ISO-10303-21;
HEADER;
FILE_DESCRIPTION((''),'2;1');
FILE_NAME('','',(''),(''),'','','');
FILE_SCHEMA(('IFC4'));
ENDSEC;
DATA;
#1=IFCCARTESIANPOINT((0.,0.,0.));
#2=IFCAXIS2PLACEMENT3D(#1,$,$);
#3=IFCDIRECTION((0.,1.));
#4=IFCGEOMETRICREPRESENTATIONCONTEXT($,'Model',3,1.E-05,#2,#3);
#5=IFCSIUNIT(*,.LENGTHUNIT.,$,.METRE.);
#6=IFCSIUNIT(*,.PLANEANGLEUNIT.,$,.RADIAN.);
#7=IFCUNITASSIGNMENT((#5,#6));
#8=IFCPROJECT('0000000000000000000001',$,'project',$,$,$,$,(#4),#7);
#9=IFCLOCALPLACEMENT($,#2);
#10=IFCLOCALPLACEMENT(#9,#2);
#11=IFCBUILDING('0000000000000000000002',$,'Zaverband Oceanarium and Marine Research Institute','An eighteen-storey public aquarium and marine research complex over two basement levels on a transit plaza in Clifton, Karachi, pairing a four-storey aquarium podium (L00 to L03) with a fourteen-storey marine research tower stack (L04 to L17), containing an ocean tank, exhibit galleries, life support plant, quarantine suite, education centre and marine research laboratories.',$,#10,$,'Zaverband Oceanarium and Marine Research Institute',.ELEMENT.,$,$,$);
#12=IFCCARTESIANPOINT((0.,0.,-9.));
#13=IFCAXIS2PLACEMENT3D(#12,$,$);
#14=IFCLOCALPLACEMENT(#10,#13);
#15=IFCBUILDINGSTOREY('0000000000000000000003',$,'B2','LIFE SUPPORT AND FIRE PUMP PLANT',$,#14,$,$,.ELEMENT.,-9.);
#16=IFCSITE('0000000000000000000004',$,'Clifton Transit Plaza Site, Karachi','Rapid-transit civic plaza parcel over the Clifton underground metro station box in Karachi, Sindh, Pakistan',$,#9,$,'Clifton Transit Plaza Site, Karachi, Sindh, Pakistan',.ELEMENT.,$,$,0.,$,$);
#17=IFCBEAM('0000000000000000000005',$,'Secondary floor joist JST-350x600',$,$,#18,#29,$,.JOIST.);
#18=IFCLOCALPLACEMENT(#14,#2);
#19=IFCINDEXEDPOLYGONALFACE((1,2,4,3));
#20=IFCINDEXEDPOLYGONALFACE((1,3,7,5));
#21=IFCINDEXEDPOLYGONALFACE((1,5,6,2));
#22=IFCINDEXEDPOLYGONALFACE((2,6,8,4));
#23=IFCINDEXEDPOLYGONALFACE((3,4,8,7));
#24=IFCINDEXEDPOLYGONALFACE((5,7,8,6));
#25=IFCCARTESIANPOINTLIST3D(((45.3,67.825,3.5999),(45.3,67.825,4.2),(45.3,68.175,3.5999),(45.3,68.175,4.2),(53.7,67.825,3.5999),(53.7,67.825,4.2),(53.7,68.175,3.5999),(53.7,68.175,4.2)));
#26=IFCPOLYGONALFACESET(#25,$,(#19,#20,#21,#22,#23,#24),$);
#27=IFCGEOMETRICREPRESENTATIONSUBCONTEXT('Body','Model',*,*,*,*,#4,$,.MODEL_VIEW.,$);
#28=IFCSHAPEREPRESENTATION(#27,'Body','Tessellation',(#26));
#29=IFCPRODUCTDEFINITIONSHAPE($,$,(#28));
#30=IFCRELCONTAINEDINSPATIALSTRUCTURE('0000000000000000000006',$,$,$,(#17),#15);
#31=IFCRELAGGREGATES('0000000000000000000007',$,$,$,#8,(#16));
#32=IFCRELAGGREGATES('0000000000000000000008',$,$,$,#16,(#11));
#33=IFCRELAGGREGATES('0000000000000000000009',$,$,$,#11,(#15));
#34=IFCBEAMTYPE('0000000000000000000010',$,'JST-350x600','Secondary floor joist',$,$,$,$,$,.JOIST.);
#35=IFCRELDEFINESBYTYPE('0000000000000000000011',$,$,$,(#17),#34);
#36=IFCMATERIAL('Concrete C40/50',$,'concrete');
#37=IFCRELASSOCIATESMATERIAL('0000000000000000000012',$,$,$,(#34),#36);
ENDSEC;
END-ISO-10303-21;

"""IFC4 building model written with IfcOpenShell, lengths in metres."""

from ifc_helpers import new_model, si_unit, direction, frame, origin, origin_2d, place, context, subcontext, project, spatial, rectangle, extrude, material, material_profile, profile_set, type_object, element, save


model = new_model("IFC4")

# Units and contexts
model_context = context("Model", 3, precision=1e-05, world=origin(), true_north=direction((0.0, 1.0)))
body_context = subcontext(model_context, "Body", "Model", "MODEL_VIEW")
ifc_project = project(units=[si_unit("LENGTHUNIT", "METRE"), si_unit("PLANEANGLEUNIT", "RADIAN")], contexts=[model_context])

# Site, building, storey
site_placement = place(None, origin())
site = spatial("IfcSite", under=ifc_project, at=site_placement, Name="Clifton Transit Plaza Site, Karachi", Description="Rapid-transit civic plaza parcel over the Clifton underground metro station box in Karachi, Sindh, Pakistan", LongName="Clifton Transit Plaza Site, Karachi, Sindh, Pakistan", CompositionType="ELEMENT", RefElevation=0.0)
building_placement = place(site_placement, origin())
building = spatial("IfcBuilding", under=site, at=building_placement, Name="Zaverband Oceanarium and Marine Research Institute", Description="An eighteen-storey public aquarium and marine research complex over two basement levels on a transit plaza in Clifton, Karachi, pairing a four-storey aquarium podium (L00 to L03) with a fourteen-storey marine research tower stack (L04 to L17), containing an ocean tank, exhibit galleries, life support plant, quarantine suite, education centre and marine research laboratories.", LongName="Zaverband Oceanarium and Marine Research Institute", CompositionType="ELEMENT")
storey_placement = place(building_placement, frame((0.0, 0.0, -9.0)))
storey = spatial("IfcBuildingStorey", under=building, at=storey_placement, Name="B2", Description="LIFE SUPPORT AND FIRE PUMP PLANT", CompositionType="ELEMENT", Elevation=-9.0)

# Beam
ifc_material_1 = material(Name="Concrete C40/50", Category="concrete")
ifc_material_profile_1 = material_profile(ifc_material_1, rectangle(XDim=0.3501, YDim=0.6001, at=origin_2d()), Name="RC350x600")
ifc_profile_set_1 = profile_set([ifc_material_profile_1], Name="Concrete C40/50")
beam_type_1 = type_object("IfcBeamType", Name="JST-350x600", Description="Secondary floor joist", PredefinedType="JOIST", material=ifc_profile_set_1)
beam_placement = place(storey_placement, frame((45.3, 68.0, 3.8999), z_axis=(1.0, 0.0, 0.0), x_axis=(0.0, 1.0, 0.0)))
element("IfcBeam", 1, at=beam_placement, inside=storey, type_object=beam_type_1, Name="Secondary floor joist JST-350x600", PredefinedType="JOIST", context=body_context, shape_type="SweptSolid", body=[
    extrude(rectangle(XDim=0.3501, YDim=0.6001, at=origin_2d()), origin(), (0.0, 0.0, 1.0), 8.3999),
])

save(model, "model.ifc")
